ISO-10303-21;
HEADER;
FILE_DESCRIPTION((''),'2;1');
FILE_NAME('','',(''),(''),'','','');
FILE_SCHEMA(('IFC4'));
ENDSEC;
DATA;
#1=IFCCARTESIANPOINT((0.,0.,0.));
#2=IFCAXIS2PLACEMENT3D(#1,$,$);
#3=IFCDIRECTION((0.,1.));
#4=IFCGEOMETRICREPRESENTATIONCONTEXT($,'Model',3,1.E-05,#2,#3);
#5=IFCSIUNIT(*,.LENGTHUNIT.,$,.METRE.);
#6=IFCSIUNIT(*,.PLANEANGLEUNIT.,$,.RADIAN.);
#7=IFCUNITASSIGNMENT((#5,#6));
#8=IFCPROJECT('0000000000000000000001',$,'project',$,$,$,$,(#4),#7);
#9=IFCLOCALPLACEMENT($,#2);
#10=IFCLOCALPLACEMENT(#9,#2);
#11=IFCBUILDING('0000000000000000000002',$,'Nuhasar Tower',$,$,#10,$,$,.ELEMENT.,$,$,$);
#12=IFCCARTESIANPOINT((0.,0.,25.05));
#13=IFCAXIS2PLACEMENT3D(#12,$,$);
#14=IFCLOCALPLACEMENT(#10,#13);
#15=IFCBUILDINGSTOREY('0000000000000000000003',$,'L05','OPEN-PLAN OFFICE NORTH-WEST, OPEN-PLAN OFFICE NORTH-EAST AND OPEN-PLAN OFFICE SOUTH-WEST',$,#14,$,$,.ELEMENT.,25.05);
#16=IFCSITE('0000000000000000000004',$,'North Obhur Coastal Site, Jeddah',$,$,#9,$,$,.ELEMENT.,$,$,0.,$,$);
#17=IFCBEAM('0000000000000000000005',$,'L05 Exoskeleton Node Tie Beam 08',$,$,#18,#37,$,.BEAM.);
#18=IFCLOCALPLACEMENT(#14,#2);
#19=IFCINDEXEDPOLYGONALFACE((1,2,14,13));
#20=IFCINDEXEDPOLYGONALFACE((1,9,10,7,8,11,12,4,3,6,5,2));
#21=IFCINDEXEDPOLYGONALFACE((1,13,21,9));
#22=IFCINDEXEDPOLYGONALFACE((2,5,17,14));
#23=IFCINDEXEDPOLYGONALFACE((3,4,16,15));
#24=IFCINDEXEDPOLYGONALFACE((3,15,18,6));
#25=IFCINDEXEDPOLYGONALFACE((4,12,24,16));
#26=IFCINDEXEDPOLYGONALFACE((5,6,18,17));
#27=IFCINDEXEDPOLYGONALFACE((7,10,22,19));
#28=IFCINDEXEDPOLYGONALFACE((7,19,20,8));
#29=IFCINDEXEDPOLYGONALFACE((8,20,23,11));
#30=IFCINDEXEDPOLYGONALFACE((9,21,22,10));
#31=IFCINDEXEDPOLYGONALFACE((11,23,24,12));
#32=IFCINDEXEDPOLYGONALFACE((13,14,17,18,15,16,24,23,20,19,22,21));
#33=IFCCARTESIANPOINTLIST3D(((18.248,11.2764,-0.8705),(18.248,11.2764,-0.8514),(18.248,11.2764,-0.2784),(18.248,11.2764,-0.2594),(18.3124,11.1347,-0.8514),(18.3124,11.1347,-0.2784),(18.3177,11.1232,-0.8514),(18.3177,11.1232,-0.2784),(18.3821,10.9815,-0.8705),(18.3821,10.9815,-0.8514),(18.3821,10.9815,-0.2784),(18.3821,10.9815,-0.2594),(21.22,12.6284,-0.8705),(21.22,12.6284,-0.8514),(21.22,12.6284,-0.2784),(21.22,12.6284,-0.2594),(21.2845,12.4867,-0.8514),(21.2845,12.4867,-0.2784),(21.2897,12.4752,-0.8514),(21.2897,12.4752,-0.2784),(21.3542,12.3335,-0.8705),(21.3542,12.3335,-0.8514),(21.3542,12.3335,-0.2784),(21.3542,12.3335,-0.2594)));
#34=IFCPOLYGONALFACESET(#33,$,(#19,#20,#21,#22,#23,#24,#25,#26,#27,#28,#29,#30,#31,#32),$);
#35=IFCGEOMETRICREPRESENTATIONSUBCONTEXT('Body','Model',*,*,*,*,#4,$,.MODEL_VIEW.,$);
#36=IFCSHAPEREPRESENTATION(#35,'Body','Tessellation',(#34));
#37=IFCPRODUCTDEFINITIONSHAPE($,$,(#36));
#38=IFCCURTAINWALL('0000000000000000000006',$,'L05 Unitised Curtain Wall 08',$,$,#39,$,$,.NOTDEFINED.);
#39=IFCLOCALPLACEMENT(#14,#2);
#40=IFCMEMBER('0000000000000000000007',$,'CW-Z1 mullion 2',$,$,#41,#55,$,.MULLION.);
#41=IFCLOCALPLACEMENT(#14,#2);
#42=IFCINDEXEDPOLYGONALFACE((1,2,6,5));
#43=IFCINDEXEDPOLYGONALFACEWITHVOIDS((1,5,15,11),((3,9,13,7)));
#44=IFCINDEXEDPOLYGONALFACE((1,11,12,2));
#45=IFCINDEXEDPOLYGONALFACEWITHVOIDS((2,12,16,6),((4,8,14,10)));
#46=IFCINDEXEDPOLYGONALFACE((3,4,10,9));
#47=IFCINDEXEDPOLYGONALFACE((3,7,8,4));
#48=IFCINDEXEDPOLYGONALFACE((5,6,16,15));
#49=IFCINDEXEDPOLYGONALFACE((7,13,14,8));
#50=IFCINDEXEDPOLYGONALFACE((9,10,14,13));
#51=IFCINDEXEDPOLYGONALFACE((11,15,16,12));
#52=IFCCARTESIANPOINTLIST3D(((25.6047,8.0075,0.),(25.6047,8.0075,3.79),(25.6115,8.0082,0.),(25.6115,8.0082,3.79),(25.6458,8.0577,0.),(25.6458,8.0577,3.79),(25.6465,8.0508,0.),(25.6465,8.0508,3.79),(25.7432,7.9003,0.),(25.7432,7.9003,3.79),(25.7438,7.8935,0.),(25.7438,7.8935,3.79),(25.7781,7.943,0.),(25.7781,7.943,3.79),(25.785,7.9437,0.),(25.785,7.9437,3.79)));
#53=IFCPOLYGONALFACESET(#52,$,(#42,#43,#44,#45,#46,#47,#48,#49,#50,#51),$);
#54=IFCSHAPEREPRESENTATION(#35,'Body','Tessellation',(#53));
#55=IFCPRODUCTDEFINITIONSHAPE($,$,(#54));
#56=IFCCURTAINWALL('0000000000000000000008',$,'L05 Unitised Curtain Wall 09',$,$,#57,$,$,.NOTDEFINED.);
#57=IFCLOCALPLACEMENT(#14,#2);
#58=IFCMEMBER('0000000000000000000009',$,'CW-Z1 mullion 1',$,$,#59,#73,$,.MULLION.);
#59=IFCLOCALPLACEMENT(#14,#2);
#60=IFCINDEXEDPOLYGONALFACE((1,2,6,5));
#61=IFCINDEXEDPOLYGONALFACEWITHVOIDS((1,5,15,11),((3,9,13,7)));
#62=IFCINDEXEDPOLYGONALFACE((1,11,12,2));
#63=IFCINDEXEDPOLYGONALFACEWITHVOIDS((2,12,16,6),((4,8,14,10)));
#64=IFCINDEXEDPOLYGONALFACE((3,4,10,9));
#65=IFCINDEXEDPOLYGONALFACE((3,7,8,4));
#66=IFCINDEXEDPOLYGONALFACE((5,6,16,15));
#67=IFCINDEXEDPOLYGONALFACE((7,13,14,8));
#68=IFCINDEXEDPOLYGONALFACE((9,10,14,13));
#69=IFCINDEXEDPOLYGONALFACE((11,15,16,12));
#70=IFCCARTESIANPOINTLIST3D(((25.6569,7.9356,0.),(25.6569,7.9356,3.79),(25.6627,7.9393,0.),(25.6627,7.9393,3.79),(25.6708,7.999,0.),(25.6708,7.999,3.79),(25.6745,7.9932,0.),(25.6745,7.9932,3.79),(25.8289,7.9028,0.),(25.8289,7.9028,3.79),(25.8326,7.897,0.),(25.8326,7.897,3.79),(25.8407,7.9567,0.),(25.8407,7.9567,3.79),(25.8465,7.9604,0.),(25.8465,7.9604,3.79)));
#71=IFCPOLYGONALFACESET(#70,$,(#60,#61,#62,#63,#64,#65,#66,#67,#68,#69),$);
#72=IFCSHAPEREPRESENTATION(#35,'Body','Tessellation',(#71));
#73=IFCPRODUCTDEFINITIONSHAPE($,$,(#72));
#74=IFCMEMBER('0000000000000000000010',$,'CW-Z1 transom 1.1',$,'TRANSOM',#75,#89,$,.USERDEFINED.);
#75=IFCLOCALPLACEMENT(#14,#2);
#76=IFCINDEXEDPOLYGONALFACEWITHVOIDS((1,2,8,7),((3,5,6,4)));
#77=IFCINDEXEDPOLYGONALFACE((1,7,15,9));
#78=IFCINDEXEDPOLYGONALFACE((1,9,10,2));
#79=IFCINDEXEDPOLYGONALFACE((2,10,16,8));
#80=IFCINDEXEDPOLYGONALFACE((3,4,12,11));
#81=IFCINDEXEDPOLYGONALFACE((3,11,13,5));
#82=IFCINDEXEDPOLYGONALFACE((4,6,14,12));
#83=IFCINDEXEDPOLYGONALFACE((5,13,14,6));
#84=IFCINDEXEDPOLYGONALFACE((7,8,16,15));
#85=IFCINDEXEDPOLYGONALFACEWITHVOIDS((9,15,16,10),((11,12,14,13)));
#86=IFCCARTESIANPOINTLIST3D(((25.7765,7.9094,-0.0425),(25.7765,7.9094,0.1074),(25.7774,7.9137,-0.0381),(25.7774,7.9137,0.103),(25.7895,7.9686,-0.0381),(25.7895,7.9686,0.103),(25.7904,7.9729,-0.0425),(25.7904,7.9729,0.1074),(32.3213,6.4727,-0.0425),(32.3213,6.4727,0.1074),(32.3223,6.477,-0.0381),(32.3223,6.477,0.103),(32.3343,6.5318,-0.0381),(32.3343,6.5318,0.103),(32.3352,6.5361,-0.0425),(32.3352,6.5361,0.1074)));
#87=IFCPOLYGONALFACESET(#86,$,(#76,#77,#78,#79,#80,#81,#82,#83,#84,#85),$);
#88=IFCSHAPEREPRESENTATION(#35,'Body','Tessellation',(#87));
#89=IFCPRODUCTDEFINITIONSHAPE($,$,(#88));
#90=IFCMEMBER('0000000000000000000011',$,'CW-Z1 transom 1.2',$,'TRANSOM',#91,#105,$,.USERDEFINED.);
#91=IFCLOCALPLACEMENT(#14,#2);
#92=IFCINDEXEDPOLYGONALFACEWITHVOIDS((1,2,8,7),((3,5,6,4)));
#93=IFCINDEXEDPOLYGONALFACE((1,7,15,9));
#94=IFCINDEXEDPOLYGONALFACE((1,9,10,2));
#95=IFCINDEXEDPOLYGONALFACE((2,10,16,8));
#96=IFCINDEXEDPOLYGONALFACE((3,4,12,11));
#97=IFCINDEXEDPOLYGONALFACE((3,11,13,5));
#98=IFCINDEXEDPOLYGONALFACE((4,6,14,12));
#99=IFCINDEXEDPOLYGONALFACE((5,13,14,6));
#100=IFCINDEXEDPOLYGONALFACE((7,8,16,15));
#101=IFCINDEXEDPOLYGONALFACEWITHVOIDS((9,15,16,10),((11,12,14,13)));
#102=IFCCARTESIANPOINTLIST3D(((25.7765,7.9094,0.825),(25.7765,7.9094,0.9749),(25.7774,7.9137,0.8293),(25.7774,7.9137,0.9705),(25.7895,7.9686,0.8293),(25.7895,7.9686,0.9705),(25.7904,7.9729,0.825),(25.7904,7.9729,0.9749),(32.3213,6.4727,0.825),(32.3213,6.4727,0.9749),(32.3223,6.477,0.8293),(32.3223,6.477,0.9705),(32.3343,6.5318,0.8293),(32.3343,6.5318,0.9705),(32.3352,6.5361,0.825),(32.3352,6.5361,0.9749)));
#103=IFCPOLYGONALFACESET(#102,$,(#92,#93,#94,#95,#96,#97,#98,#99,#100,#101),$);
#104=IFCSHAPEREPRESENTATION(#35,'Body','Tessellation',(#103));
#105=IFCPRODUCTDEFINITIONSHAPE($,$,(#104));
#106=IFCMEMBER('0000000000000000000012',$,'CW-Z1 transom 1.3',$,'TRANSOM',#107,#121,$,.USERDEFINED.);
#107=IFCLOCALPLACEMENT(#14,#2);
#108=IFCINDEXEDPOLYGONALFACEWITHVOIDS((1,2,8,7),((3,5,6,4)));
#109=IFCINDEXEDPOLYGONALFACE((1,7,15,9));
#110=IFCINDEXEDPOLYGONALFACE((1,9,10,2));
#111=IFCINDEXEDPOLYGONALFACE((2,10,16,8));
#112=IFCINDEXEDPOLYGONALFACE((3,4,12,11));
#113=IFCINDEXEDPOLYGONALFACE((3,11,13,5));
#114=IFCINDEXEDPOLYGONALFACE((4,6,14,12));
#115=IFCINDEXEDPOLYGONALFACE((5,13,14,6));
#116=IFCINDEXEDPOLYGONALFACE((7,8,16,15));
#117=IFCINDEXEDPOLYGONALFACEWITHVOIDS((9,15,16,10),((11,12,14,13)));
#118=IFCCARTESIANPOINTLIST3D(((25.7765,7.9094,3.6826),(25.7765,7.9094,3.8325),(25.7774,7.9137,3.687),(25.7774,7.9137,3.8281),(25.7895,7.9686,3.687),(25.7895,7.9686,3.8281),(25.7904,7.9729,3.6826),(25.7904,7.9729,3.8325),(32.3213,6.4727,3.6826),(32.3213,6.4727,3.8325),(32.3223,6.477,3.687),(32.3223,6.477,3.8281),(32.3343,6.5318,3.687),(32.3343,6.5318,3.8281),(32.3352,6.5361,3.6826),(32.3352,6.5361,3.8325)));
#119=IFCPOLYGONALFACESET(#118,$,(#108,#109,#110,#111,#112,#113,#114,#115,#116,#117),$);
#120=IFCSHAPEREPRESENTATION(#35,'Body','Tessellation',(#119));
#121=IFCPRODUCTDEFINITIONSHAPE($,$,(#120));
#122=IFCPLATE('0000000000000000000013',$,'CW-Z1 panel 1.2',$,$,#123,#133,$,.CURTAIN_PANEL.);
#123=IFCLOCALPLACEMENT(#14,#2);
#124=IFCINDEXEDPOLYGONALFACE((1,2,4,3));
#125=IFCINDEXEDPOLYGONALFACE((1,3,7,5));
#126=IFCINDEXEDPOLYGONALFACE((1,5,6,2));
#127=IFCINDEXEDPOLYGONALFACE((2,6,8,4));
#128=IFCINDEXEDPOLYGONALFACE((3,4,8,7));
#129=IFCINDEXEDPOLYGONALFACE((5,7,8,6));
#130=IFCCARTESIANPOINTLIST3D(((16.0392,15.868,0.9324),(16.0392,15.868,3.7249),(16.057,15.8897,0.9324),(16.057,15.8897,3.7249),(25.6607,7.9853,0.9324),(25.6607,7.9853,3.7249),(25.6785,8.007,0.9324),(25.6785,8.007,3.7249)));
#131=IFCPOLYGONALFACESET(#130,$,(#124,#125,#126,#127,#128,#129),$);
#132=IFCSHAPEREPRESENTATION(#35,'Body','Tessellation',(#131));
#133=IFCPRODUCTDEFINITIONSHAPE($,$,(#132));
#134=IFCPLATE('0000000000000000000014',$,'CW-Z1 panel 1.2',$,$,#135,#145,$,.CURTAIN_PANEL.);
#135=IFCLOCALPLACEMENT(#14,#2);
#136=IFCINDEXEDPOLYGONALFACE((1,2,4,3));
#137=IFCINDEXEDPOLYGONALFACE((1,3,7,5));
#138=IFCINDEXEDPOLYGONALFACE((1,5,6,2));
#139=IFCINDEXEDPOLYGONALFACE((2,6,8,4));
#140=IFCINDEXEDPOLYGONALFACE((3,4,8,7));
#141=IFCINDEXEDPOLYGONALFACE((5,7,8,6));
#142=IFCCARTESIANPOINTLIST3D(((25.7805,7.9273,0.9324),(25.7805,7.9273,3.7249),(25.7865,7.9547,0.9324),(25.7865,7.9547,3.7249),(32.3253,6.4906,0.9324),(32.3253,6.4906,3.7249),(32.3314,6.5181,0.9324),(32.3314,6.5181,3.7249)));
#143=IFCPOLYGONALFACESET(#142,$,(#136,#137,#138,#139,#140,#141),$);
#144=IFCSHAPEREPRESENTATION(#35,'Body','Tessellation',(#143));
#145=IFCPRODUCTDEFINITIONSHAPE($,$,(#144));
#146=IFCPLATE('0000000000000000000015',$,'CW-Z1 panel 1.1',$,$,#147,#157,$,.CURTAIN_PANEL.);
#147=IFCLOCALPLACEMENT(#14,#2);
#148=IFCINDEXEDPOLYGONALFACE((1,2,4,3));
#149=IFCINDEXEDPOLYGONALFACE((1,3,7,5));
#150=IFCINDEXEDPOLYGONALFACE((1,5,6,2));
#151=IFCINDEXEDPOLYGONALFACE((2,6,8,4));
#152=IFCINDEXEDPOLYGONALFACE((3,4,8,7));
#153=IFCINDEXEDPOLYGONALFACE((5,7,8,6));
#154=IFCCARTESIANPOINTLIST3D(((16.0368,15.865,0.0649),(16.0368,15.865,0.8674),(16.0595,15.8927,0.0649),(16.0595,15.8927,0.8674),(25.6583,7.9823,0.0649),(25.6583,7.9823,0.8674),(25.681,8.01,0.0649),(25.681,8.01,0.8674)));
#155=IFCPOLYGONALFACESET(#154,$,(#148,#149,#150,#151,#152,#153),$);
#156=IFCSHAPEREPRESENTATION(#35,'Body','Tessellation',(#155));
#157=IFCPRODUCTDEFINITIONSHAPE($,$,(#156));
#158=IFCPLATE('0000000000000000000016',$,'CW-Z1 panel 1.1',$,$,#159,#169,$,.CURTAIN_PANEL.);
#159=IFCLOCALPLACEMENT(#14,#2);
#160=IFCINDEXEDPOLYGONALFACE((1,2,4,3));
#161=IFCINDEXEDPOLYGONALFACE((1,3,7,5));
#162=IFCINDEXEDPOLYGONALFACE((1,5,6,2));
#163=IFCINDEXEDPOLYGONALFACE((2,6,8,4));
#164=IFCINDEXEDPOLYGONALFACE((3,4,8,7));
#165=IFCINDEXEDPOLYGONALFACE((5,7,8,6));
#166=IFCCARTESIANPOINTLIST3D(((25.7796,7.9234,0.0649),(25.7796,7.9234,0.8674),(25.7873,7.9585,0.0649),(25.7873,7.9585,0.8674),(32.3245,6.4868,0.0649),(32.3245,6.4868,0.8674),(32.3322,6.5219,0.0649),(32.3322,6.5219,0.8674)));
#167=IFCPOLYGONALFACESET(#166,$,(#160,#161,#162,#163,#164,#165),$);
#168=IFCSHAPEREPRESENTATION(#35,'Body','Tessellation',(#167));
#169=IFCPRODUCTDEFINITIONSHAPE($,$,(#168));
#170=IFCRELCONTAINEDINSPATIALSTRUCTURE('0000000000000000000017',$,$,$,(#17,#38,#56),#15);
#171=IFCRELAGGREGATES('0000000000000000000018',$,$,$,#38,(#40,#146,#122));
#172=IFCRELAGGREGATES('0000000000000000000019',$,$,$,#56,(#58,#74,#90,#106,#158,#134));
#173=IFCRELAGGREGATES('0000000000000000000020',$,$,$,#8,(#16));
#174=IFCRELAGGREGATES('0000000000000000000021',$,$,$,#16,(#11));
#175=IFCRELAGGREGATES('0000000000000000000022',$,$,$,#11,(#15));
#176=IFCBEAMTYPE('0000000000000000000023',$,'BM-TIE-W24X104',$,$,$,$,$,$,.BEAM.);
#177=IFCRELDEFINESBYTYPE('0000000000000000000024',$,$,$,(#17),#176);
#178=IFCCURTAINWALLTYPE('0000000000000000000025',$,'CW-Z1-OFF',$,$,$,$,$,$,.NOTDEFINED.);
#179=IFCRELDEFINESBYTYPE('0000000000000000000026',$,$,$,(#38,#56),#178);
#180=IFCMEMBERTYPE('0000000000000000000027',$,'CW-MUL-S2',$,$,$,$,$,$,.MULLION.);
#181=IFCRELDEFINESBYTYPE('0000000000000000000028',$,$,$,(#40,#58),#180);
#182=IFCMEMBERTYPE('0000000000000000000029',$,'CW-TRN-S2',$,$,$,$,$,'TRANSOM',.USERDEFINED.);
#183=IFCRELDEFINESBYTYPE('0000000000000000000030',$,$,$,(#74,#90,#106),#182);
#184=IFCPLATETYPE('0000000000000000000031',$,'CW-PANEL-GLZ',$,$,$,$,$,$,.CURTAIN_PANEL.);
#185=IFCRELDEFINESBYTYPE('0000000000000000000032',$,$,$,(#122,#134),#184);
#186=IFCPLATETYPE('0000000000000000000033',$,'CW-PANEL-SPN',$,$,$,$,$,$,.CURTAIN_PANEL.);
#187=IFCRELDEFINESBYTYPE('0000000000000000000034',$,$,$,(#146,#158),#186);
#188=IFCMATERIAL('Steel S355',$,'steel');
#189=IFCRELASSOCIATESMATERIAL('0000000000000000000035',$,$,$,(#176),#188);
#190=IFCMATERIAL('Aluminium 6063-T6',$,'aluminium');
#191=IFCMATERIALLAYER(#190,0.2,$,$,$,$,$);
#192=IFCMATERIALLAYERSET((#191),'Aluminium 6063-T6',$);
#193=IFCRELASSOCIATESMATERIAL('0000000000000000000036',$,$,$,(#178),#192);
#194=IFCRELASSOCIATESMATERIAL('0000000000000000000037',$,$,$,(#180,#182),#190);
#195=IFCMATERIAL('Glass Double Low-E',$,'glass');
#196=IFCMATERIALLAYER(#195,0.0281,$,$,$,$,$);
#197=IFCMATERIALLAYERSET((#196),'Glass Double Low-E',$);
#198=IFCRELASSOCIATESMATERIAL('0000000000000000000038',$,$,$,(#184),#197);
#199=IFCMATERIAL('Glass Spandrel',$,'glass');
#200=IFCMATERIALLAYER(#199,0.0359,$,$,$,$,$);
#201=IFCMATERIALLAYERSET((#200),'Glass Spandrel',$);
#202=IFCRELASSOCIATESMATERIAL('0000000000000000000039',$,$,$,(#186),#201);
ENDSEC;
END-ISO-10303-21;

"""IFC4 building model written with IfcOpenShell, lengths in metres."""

from ifc_helpers import new_model, si_unit, direction, frame, origin, origin_2d, place, context, subcontext, project, spatial, rectangle, hollow_rectangle, i_section, extrude, material, layer, layer_set, material_profile, profile_set, type_object, element, aggregate, save


model = new_model("IFC4")

# Units and contexts
model_context = context("Model", 3, precision=1e-05, world=origin(), true_north=direction((0.0, 1.0)))
body_context = subcontext(model_context, "Body", "Model", "MODEL_VIEW")
ifc_project = project(units=[si_unit("LENGTHUNIT", "METRE"), si_unit("PLANEANGLEUNIT", "RADIAN")], contexts=[model_context])

# Site, building, storey
site_placement = place(None, origin())
site = spatial("IfcSite", under=ifc_project, at=site_placement, Name="North Obhur Coastal Site, Jeddah", CompositionType="ELEMENT", RefElevation=0.0)
building_placement = place(site_placement, origin())
building = spatial("IfcBuilding", under=site, at=building_placement, Name="Nuhasar Tower", CompositionType="ELEMENT")
storey_placement = place(building_placement, frame((0.0, 0.0, 25.05)))
storey = spatial("IfcBuildingStorey", under=building, at=storey_placement, Name="L05", Description="OPEN-PLAN OFFICE NORTH-WEST, OPEN-PLAN OFFICE NORTH-EAST AND OPEN-PLAN OFFICE SOUTH-WEST", CompositionType="ELEMENT", Elevation=25.05)

# Beam
ifc_material_1 = material(Name="Steel S355", Category="steel")
ifc_material_profile_1 = material_profile(ifc_material_1, i_section(OverallWidth=0.324, OverallDepth=0.6111, WebThickness=0.0127, FlangeThickness=0.019, at=origin_2d()), Name="W24X104")
ifc_profile_set_1 = profile_set([ifc_material_profile_1], Name="Steel S355")
beam_type_1 = type_object("IfcBeamType", Name="BM-TIE-W24X104", PredefinedType="BEAM", material=ifc_profile_set_1)
beam_1_placement = place(storey_placement, frame((21.2871, 12.481, -0.5649), z_axis=(-0.910244, -0.414073, 0.0), x_axis=(0.414073, -0.910244, 0.0)))
element("IfcBeam", 1, at=beam_1_placement, inside=storey, type_object=beam_type_1, Name="L05 Exoskeleton Node Tie Beam 08", PredefinedType="BEAM", context=body_context, shape_type="SweptSolid", body=[
    extrude(i_section(OverallWidth=0.324, OverallDepth=0.6111, WebThickness=0.0127, FlangeThickness=0.019, at=origin_2d()), origin(), (0.0, 0.0, 1.0), 3.2651),
])

# Curtain wall, member
ifc_material_2 = material(Name="Aluminium 6063-T6", Category="aluminium")
ifc_layer_1 = layer(ifc_material_2, 0.2)
ifc_layer_set_1 = layer_set([ifc_layer_1], Name="Aluminium 6063-T6")
curtain_wall_type = type_object("IfcCurtainWallType", Name="CW-Z1-OFF", PredefinedType="NOTDEFINED", material=ifc_layer_set_1)
curtain_wall_1_placement = place(storey_placement, origin())
curtain_wall_1 = element("IfcCurtainWall", 2, at=curtain_wall_1_placement, inside=storey, type_object=curtain_wall_type, Name="L05 Unitised Curtain Wall 08", PredefinedType="NOTDEFINED")
ifc_material_profile_2 = material_profile(ifc_material_2, hollow_rectangle(XDim=0.0649, YDim=0.1799, WallThickness=0.0049, at=origin_2d()), Name="CWM-2")
ifc_profile_set_2 = profile_set([ifc_material_profile_2], Name="Aluminium 6063-T6")
member_type_1 = type_object("IfcMemberType", Name="CW-MUL-S2", PredefinedType="MULLION", material=ifc_profile_set_2)
member_1_placement = place(storey_placement, frame((25.6948, 7.9756, 0.0), z_axis=(0.0, 0.0, 1.0), x_axis=(0.633745, 0.773542, 0.0)))
member_1 = element("IfcMember", 3, at=member_1_placement, type_object=member_type_1, Name="CW-Z1 mullion 2", PredefinedType="MULLION", context=body_context, shape_type="SweptSolid", body=[
    extrude(hollow_rectangle(XDim=0.0649, YDim=0.1799, WallThickness=0.0049, at=origin_2d()), origin(), (0.0, 0.0, 1.0), 3.79),
])

# Curtain wall, members
curtain_wall_2_placement = place(storey_placement, origin())
curtain_wall_2 = element("IfcCurtainWall", 4, at=curtain_wall_2_placement, inside=storey, type_object=curtain_wall_type, Name="L05 Unitised Curtain Wall 09", PredefinedType="NOTDEFINED")
member_2_placement = place(storey_placement, frame((25.7517, 7.948, 0.0), z_axis=(0.0, 0.0, 1.0), x_axis=(0.214399, 0.976746, 0.0)))
member_2 = element("IfcMember", 5, at=member_2_placement, type_object=member_type_1, Name="CW-Z1 mullion 1", PredefinedType="MULLION", context=body_context, shape_type="SweptSolid", body=[
    extrude(hollow_rectangle(XDim=0.0649, YDim=0.1799, WallThickness=0.0049, at=origin_2d()), origin(), (0.0, 0.0, 1.0), 3.79),
])
ifc_material_profile_3 = material_profile(ifc_material_2, hollow_rectangle(XDim=0.0649, YDim=0.1499, WallThickness=0.0044, at=origin_2d()), Name="CWT-2")
ifc_profile_set_3 = profile_set([ifc_material_profile_3], Name="Aluminium 6063-T6")
member_type_2 = type_object("IfcMemberType", Name="CW-TRN-S2", ElementType="TRANSOM", PredefinedType="USERDEFINED", material=ifc_profile_set_3)
member_3_placement = place(storey_placement, frame((25.7834, 7.9412, 0.0325), z_axis=(0.976742, -0.214418, 0.0), x_axis=(0.214418, 0.976742, 0.0)))
member_3 = element("IfcMember", 6, at=member_3_placement, type_object=member_type_2, Name="CW-Z1 transom 1.1", ObjectType="TRANSOM", PredefinedType="USERDEFINED", context=body_context, shape_type="SweptSolid", body=[
    extrude(hollow_rectangle(XDim=0.0649, YDim=0.1499, WallThickness=0.0044, at=origin_2d()), origin(), (0.0, 0.0, 1.0), 6.7007),
])
member_4_placement = place(storey_placement, frame((25.7834, 7.9412, 0.8999), z_axis=(0.976742, -0.214418, 0.0), x_axis=(0.214418, 0.976742, 0.0)))
member_4 = element("IfcMember", 7, at=member_4_placement, type_object=member_type_2, Name="CW-Z1 transom 1.2", ObjectType="TRANSOM", PredefinedType="USERDEFINED", context=body_context, shape_type="SweptSolid", body=[
    extrude(hollow_rectangle(XDim=0.0649, YDim=0.1499, WallThickness=0.0044, at=origin_2d()), origin(), (0.0, 0.0, 1.0), 6.7007),
])
member_5_placement = place(storey_placement, frame((25.7834, 7.9412, 3.7576), z_axis=(0.976742, -0.214418, 0.0), x_axis=(0.214418, 0.976742, 0.0)))
member_5 = element("IfcMember", 8, at=member_5_placement, type_object=member_type_2, Name="CW-Z1 transom 1.3", ObjectType="TRANSOM", PredefinedType="USERDEFINED", context=body_context, shape_type="SweptSolid", body=[
    extrude(hollow_rectangle(XDim=0.0649, YDim=0.1499, WallThickness=0.0044, at=origin_2d()), origin(), (0.0, 0.0, 1.0), 6.7007),
])

# Plates
ifc_material_3 = material(Name="Glass Double Low-E", Category="glass")
ifc_layer_2 = layer(ifc_material_3, 0.0281)
ifc_layer_set_2 = layer_set([ifc_layer_2], Name="Glass Double Low-E")
plate_type_1 = type_object("IfcPlateType", Name="CW-PANEL-GLZ", PredefinedType="CURTAIN_PANEL", material=ifc_layer_set_2)
plate_1_placement = place(storey_placement, frame((20.8589, 11.9375, 0.9324), z_axis=(0.0, 0.0, 1.0), x_axis=(0.773542, -0.633745, 0.0)))
plate_1 = element("IfcPlate", 9, at=plate_1_placement, type_object=plate_type_1, Name="CW-Z1 panel 1.2", PredefinedType="CURTAIN_PANEL", context=body_context, shape_type="SweptSolid", body=[
    extrude(rectangle(XDim=12.4382, YDim=0.0281, at=origin_2d()), origin(), (0.0, 0.0, 1.0), 2.7925),
])
plate_2_placement = place(storey_placement, frame((29.0559, 7.2227, 0.9324), z_axis=(0.0, 0.0, 1.0), x_axis=(0.976746, -0.214399, 0.0)))
plate_2 = element("IfcPlate", 10, at=plate_2_placement, type_object=plate_type_1, Name="CW-Z1 panel 1.2", PredefinedType="CURTAIN_PANEL", context=body_context, shape_type="SweptSolid", body=[
    extrude(rectangle(XDim=6.7007, YDim=0.0281, at=origin_2d()), origin(), (0.0, 0.0, 1.0), 2.7925),
])
ifc_material_4 = material(Name="Glass Spandrel", Category="glass")
ifc_layer_3 = layer(ifc_material_4, 0.0359)
ifc_layer_set_3 = layer_set([ifc_layer_3], Name="Glass Spandrel")
plate_type_2 = type_object("IfcPlateType", Name="CW-PANEL-SPN", PredefinedType="CURTAIN_PANEL", material=ifc_layer_set_3)
plate_3_placement = place(storey_placement, frame((20.8589, 11.9375, 0.0649), z_axis=(0.0, 0.0, 1.0), x_axis=(0.773542, -0.633745, 0.0)))
plate_3 = element("IfcPlate", 11, at=plate_3_placement, type_object=plate_type_2, Name="CW-Z1 panel 1.1", PredefinedType="CURTAIN_PANEL", context=body_context, shape_type="SweptSolid", body=[
    extrude(rectangle(XDim=12.4382, YDim=0.0359, at=origin_2d()), origin(), (0.0, 0.0, 1.0), 0.8025),
])
aggregate(curtain_wall_1, [member_1, plate_3, plate_1])
plate_4_placement = place(storey_placement, frame((29.0559, 7.2227, 0.0649), z_axis=(0.0, 0.0, 1.0), x_axis=(0.976746, -0.214399, 0.0)))
plate_4 = element("IfcPlate", 12, at=plate_4_placement, type_object=plate_type_2, Name="CW-Z1 panel 1.1", PredefinedType="CURTAIN_PANEL", context=body_context, shape_type="SweptSolid", body=[
    extrude(rectangle(XDim=6.7007, YDim=0.0359, at=origin_2d()), origin(), (0.0, 0.0, 1.0), 0.8025),
])
aggregate(curtain_wall_2, [member_2, member_3, member_4, member_5, plate_4, plate_2])

save(model, "model.ifc")
